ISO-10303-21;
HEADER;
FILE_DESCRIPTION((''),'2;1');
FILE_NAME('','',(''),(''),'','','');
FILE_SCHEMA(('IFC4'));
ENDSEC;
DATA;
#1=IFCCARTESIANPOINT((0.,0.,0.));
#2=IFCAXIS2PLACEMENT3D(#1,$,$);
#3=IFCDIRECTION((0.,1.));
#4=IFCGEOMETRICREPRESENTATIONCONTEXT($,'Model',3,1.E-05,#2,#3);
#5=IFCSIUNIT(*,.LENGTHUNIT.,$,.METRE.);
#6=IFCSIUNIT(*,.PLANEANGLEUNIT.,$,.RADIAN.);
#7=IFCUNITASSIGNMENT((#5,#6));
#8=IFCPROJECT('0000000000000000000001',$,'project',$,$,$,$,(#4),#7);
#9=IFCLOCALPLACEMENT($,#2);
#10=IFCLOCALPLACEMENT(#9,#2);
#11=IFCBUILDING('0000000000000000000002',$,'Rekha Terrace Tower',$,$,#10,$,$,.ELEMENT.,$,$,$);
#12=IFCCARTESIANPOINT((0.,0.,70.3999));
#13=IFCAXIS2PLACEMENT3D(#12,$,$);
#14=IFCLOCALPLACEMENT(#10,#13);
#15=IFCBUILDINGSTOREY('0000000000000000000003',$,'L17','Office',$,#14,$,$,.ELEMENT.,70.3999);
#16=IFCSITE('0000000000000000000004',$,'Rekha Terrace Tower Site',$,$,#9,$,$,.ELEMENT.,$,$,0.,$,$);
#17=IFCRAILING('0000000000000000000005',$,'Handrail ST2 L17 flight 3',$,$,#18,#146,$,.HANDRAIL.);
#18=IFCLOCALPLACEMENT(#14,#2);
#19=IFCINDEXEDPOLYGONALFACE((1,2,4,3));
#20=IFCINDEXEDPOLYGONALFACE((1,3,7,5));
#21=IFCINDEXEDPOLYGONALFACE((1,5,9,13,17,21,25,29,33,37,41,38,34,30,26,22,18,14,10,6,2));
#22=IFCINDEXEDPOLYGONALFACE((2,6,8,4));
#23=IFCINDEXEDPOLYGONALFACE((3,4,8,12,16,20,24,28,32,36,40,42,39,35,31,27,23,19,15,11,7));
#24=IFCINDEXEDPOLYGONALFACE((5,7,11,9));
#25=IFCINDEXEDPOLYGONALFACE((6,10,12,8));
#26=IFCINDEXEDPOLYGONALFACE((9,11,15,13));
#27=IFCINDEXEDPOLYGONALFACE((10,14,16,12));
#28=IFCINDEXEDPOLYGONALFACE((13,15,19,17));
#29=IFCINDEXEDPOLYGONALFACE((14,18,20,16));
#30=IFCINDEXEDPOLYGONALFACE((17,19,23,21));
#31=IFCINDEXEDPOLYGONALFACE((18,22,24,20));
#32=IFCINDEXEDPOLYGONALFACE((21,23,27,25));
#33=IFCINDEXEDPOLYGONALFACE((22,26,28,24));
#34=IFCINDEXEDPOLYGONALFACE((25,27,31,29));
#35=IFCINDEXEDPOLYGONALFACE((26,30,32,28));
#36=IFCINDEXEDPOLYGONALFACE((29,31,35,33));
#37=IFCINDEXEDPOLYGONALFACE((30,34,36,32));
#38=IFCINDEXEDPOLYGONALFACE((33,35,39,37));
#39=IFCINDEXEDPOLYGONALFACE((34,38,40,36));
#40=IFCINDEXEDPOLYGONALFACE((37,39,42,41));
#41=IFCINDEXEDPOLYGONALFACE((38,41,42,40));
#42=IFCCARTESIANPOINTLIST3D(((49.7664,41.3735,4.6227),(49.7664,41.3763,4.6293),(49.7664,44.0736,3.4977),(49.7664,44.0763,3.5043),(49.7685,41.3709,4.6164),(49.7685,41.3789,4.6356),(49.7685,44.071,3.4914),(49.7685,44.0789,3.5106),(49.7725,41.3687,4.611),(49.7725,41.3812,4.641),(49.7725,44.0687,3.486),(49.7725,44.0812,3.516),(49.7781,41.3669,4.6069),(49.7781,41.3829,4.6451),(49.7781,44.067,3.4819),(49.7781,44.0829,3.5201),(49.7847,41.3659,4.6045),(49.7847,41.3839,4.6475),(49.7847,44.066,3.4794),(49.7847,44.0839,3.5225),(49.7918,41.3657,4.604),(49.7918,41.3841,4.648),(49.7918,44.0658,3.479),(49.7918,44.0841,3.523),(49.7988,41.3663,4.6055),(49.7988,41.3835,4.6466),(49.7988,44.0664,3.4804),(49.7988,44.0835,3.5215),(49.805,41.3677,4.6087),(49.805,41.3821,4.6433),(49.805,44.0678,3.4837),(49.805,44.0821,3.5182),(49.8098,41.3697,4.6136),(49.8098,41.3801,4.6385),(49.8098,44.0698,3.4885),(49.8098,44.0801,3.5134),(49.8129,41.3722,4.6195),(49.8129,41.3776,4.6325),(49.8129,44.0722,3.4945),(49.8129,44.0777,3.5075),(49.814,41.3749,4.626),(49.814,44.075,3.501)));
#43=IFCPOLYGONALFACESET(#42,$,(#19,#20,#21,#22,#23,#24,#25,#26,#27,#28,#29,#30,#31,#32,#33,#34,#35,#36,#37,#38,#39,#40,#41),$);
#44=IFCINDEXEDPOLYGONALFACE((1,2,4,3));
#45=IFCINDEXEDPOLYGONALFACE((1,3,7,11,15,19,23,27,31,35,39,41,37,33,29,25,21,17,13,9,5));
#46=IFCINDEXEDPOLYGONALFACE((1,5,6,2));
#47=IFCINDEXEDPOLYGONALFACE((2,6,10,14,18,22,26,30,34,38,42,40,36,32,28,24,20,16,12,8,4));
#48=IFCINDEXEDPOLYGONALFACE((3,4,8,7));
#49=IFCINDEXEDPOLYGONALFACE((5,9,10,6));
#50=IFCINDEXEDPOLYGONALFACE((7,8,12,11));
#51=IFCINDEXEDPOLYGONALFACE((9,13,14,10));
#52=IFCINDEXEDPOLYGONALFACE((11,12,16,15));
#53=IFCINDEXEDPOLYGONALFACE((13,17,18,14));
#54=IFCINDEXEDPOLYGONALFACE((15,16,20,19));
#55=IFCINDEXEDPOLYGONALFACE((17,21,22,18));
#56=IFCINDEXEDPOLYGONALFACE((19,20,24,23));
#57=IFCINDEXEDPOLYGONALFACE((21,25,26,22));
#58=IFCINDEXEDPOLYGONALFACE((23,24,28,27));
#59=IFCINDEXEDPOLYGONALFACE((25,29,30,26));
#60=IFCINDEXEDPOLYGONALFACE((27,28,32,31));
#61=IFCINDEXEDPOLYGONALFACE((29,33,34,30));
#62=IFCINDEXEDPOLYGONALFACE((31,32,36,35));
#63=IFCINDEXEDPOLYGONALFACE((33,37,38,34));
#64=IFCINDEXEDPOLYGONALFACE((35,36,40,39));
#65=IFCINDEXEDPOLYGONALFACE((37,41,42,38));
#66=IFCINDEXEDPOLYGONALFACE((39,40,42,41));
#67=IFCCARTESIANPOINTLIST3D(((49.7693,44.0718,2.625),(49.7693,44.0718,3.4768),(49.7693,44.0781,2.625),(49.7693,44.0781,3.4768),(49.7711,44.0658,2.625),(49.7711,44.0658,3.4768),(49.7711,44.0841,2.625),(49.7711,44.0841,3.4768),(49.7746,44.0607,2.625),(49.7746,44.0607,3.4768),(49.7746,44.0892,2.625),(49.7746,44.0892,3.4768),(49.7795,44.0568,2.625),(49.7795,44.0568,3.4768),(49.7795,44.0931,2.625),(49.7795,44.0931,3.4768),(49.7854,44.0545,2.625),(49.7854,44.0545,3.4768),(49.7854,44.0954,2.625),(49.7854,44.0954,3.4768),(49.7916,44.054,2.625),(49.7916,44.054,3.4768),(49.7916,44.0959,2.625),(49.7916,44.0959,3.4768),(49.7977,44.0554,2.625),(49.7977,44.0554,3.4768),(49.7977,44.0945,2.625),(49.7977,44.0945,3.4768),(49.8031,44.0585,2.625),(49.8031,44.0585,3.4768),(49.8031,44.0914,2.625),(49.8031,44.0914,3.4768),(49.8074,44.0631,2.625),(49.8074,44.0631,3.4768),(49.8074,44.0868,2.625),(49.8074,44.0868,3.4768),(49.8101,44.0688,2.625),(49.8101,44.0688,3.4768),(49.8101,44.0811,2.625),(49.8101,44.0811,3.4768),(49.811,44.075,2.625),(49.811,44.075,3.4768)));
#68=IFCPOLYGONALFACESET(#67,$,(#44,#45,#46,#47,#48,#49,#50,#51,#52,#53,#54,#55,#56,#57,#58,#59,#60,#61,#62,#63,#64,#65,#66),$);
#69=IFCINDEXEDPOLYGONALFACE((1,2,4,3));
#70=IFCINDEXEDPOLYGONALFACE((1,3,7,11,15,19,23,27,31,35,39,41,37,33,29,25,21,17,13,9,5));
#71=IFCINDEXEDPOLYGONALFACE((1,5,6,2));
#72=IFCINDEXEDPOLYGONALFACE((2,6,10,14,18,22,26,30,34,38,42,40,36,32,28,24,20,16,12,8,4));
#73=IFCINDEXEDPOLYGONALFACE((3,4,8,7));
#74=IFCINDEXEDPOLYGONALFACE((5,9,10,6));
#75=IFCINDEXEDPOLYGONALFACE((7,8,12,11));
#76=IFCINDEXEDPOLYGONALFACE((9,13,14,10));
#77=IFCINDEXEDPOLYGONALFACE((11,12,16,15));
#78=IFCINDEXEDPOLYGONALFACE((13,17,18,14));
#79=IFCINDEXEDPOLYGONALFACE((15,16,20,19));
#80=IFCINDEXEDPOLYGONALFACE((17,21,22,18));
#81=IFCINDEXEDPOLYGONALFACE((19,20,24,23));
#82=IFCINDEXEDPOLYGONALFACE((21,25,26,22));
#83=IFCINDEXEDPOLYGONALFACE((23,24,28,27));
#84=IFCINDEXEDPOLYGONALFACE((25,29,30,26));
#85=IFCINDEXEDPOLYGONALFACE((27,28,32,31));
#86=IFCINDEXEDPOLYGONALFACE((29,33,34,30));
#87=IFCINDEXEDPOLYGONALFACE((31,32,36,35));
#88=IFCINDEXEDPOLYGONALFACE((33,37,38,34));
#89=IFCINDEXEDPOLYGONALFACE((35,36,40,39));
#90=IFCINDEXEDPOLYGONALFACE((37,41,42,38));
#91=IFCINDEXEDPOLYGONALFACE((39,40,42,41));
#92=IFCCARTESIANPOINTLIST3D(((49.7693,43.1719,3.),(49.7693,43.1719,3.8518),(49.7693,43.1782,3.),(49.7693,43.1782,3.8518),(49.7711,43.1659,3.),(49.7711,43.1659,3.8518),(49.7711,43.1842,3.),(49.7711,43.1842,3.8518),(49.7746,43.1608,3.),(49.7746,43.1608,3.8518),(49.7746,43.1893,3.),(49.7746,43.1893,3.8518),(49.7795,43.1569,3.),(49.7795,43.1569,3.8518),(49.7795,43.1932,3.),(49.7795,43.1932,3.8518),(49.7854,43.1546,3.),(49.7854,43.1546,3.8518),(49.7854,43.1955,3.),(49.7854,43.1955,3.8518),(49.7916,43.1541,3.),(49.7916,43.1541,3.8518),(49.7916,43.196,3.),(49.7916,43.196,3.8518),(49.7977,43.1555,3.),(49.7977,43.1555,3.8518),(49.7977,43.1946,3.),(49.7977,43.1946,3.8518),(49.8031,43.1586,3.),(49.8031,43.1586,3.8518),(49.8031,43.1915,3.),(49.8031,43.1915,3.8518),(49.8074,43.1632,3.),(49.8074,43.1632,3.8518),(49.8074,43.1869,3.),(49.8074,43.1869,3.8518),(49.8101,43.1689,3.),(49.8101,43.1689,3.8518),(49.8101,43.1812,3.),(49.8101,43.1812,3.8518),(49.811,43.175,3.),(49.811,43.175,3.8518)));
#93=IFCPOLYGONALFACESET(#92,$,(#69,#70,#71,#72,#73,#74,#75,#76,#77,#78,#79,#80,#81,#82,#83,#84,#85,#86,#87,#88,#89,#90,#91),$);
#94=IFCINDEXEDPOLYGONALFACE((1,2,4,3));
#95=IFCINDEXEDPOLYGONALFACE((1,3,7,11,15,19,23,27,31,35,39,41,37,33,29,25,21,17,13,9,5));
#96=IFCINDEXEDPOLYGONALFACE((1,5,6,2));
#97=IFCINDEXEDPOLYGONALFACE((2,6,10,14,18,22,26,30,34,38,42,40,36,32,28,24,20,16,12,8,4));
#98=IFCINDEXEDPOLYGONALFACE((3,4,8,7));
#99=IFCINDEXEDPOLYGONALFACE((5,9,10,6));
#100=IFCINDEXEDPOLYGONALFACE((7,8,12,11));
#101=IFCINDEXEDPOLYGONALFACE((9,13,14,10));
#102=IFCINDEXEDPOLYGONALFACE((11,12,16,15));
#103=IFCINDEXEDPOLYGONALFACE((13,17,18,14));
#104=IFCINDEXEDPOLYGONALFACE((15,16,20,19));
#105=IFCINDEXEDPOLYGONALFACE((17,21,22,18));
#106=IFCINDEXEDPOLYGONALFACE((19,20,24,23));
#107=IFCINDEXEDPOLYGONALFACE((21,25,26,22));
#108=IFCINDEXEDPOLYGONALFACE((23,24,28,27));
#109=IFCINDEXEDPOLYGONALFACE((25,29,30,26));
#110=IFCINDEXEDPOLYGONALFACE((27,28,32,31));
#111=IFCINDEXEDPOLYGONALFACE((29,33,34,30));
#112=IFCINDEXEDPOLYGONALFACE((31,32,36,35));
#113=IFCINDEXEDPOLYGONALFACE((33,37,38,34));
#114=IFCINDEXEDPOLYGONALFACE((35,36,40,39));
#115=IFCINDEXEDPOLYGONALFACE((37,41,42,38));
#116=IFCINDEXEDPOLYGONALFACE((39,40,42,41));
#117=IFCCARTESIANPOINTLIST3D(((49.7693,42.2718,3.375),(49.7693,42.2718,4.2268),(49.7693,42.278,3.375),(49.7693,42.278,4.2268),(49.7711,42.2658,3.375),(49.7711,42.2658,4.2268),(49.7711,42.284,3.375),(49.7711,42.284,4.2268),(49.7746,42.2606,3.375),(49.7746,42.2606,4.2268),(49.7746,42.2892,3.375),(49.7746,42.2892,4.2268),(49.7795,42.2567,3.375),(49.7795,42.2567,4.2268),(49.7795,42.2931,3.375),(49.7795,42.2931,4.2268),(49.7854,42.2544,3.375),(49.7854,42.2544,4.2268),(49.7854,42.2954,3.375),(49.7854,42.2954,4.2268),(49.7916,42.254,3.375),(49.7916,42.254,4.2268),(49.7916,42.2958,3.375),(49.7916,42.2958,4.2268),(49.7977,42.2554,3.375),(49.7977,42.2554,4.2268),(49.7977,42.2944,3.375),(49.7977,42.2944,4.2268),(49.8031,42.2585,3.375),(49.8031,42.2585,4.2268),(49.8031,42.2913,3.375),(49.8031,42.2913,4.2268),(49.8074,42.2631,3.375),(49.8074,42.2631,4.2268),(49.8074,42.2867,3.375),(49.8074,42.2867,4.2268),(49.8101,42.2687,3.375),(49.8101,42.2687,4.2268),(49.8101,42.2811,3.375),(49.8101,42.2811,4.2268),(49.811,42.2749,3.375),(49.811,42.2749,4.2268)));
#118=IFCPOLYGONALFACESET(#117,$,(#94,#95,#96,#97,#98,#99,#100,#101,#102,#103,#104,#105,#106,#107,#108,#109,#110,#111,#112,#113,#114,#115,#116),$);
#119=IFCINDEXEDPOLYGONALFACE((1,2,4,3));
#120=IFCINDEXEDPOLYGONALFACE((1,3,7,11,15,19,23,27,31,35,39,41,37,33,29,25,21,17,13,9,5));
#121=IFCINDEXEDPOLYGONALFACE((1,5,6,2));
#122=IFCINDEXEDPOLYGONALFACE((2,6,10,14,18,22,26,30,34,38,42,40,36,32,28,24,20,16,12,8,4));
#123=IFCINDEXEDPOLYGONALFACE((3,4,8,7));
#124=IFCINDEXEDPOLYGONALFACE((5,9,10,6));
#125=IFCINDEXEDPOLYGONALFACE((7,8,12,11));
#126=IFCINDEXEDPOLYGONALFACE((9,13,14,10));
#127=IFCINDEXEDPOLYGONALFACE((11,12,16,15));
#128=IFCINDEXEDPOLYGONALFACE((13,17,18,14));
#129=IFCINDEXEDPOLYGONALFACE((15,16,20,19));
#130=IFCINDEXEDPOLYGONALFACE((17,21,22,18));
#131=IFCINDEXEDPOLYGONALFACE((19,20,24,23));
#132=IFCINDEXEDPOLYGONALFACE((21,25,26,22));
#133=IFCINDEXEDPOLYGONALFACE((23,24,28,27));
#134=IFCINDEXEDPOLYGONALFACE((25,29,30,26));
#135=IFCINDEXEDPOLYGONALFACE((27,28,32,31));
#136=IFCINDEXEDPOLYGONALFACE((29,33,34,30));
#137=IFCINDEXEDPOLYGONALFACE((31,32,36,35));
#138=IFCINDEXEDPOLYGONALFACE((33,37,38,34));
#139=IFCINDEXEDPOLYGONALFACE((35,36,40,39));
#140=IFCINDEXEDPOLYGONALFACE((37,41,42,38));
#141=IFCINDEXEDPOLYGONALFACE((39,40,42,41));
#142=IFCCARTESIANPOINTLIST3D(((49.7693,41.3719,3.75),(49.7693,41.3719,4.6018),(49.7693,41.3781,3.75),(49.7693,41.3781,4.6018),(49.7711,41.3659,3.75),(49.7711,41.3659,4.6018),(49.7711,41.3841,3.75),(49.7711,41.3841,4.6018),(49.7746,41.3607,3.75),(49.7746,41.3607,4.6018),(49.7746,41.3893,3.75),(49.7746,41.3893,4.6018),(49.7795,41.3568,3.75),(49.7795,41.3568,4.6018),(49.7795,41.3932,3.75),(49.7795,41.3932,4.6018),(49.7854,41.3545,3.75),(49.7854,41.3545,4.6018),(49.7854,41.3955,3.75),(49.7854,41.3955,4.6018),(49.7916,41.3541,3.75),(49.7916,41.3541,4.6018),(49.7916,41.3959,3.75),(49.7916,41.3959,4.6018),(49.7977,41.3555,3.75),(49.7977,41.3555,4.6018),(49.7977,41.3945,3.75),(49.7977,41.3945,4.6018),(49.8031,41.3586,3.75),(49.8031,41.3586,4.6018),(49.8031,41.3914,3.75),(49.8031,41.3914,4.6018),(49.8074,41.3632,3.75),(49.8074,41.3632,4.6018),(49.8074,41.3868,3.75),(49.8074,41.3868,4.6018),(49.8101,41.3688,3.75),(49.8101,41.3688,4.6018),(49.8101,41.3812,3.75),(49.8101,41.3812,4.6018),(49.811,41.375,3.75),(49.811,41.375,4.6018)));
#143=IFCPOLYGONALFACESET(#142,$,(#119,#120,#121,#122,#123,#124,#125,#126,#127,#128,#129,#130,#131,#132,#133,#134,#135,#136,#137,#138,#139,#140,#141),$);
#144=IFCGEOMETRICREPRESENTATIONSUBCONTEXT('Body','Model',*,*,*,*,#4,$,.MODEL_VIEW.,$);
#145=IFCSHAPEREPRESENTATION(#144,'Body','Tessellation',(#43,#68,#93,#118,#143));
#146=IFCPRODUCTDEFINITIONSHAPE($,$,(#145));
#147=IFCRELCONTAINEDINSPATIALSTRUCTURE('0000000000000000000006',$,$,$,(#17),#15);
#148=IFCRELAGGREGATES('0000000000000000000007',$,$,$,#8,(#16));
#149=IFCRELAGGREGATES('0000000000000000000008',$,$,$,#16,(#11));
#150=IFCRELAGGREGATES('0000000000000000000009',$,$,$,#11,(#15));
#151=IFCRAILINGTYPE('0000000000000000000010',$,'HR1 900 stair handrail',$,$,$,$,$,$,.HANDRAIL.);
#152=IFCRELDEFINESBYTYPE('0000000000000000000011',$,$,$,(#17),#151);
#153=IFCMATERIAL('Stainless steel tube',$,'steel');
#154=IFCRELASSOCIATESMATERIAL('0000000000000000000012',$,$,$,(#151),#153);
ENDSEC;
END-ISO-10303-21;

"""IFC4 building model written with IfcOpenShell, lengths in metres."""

from ifc_helpers import new_model, si_unit, direction, frame, origin, origin_2d, place, context, subcontext, project, spatial, circle, extrude, material, type_object, element, save


model = new_model("IFC4")

# Units and contexts
model_context = context("Model", 3, precision=1e-05, world=origin(), true_north=direction((0.0, 1.0)))
body_context = subcontext(model_context, "Body", "Model", "MODEL_VIEW")
ifc_project = project(units=[si_unit("LENGTHUNIT", "METRE"), si_unit("PLANEANGLEUNIT", "RADIAN")], contexts=[model_context])

# Site, building, storey
site_placement = place(None, origin())
site = spatial("IfcSite", under=ifc_project, at=site_placement, Name="Rekha Terrace Tower Site", CompositionType="ELEMENT", RefElevation=0.0)
building_placement = place(site_placement, origin())
building = spatial("IfcBuilding", under=site, at=building_placement, Name="Rekha Terrace Tower", CompositionType="ELEMENT")
storey_placement = place(building_placement, frame((0.0, 0.0, 70.3999)))
storey = spatial("IfcBuildingStorey", under=building, at=storey_placement, Name="L17", Description="Office", CompositionType="ELEMENT", Elevation=70.3999)

# Railing
ifc_material_1 = material(Name="Stainless steel tube", Category="steel")
railing_type_1 = type_object("IfcRailingType", Name="HR1 900 stair handrail", PredefinedType="HANDRAIL", material=ifc_material_1)
railing_1_placement = place(storey_placement, frame((49.79, 44.075, 2.625)))
element("IfcRailing", 1, at=railing_1_placement, inside=storey, type_object=railing_type_1, Name="Handrail ST2 L17 flight 3", PredefinedType="HANDRAIL", context=body_context, shape_type="SweptSolid", body=[
    extrude(circle(Radius=0.0239, at=origin_2d()), frame((0.0, 0.0, 0.876), z_axis=(0.0, -0.923074, 0.384621), x_axis=(1.0, 0.0, 0.0)), (0.0, 0.0, 1.0), 2.925),
    extrude(circle(Radius=0.021, at=origin_2d()), origin(), (0.0, 0.0, 1.0), 0.8518),
    extrude(circle(Radius=0.021, at=origin_2d()), frame((0.0, -0.8999, 0.375)), (0.0, 0.0, 1.0), 0.8518),
    extrude(circle(Radius=0.021, at=origin_2d()), frame((0.0, -1.8, 0.75)), (0.0, 0.0, 1.0), 0.8518),
    extrude(circle(Radius=0.021, at=origin_2d()), frame((0.0, -2.7, 1.125)), (0.0, 0.0, 1.0), 0.8518),
])

save(model, "model.ifc")
